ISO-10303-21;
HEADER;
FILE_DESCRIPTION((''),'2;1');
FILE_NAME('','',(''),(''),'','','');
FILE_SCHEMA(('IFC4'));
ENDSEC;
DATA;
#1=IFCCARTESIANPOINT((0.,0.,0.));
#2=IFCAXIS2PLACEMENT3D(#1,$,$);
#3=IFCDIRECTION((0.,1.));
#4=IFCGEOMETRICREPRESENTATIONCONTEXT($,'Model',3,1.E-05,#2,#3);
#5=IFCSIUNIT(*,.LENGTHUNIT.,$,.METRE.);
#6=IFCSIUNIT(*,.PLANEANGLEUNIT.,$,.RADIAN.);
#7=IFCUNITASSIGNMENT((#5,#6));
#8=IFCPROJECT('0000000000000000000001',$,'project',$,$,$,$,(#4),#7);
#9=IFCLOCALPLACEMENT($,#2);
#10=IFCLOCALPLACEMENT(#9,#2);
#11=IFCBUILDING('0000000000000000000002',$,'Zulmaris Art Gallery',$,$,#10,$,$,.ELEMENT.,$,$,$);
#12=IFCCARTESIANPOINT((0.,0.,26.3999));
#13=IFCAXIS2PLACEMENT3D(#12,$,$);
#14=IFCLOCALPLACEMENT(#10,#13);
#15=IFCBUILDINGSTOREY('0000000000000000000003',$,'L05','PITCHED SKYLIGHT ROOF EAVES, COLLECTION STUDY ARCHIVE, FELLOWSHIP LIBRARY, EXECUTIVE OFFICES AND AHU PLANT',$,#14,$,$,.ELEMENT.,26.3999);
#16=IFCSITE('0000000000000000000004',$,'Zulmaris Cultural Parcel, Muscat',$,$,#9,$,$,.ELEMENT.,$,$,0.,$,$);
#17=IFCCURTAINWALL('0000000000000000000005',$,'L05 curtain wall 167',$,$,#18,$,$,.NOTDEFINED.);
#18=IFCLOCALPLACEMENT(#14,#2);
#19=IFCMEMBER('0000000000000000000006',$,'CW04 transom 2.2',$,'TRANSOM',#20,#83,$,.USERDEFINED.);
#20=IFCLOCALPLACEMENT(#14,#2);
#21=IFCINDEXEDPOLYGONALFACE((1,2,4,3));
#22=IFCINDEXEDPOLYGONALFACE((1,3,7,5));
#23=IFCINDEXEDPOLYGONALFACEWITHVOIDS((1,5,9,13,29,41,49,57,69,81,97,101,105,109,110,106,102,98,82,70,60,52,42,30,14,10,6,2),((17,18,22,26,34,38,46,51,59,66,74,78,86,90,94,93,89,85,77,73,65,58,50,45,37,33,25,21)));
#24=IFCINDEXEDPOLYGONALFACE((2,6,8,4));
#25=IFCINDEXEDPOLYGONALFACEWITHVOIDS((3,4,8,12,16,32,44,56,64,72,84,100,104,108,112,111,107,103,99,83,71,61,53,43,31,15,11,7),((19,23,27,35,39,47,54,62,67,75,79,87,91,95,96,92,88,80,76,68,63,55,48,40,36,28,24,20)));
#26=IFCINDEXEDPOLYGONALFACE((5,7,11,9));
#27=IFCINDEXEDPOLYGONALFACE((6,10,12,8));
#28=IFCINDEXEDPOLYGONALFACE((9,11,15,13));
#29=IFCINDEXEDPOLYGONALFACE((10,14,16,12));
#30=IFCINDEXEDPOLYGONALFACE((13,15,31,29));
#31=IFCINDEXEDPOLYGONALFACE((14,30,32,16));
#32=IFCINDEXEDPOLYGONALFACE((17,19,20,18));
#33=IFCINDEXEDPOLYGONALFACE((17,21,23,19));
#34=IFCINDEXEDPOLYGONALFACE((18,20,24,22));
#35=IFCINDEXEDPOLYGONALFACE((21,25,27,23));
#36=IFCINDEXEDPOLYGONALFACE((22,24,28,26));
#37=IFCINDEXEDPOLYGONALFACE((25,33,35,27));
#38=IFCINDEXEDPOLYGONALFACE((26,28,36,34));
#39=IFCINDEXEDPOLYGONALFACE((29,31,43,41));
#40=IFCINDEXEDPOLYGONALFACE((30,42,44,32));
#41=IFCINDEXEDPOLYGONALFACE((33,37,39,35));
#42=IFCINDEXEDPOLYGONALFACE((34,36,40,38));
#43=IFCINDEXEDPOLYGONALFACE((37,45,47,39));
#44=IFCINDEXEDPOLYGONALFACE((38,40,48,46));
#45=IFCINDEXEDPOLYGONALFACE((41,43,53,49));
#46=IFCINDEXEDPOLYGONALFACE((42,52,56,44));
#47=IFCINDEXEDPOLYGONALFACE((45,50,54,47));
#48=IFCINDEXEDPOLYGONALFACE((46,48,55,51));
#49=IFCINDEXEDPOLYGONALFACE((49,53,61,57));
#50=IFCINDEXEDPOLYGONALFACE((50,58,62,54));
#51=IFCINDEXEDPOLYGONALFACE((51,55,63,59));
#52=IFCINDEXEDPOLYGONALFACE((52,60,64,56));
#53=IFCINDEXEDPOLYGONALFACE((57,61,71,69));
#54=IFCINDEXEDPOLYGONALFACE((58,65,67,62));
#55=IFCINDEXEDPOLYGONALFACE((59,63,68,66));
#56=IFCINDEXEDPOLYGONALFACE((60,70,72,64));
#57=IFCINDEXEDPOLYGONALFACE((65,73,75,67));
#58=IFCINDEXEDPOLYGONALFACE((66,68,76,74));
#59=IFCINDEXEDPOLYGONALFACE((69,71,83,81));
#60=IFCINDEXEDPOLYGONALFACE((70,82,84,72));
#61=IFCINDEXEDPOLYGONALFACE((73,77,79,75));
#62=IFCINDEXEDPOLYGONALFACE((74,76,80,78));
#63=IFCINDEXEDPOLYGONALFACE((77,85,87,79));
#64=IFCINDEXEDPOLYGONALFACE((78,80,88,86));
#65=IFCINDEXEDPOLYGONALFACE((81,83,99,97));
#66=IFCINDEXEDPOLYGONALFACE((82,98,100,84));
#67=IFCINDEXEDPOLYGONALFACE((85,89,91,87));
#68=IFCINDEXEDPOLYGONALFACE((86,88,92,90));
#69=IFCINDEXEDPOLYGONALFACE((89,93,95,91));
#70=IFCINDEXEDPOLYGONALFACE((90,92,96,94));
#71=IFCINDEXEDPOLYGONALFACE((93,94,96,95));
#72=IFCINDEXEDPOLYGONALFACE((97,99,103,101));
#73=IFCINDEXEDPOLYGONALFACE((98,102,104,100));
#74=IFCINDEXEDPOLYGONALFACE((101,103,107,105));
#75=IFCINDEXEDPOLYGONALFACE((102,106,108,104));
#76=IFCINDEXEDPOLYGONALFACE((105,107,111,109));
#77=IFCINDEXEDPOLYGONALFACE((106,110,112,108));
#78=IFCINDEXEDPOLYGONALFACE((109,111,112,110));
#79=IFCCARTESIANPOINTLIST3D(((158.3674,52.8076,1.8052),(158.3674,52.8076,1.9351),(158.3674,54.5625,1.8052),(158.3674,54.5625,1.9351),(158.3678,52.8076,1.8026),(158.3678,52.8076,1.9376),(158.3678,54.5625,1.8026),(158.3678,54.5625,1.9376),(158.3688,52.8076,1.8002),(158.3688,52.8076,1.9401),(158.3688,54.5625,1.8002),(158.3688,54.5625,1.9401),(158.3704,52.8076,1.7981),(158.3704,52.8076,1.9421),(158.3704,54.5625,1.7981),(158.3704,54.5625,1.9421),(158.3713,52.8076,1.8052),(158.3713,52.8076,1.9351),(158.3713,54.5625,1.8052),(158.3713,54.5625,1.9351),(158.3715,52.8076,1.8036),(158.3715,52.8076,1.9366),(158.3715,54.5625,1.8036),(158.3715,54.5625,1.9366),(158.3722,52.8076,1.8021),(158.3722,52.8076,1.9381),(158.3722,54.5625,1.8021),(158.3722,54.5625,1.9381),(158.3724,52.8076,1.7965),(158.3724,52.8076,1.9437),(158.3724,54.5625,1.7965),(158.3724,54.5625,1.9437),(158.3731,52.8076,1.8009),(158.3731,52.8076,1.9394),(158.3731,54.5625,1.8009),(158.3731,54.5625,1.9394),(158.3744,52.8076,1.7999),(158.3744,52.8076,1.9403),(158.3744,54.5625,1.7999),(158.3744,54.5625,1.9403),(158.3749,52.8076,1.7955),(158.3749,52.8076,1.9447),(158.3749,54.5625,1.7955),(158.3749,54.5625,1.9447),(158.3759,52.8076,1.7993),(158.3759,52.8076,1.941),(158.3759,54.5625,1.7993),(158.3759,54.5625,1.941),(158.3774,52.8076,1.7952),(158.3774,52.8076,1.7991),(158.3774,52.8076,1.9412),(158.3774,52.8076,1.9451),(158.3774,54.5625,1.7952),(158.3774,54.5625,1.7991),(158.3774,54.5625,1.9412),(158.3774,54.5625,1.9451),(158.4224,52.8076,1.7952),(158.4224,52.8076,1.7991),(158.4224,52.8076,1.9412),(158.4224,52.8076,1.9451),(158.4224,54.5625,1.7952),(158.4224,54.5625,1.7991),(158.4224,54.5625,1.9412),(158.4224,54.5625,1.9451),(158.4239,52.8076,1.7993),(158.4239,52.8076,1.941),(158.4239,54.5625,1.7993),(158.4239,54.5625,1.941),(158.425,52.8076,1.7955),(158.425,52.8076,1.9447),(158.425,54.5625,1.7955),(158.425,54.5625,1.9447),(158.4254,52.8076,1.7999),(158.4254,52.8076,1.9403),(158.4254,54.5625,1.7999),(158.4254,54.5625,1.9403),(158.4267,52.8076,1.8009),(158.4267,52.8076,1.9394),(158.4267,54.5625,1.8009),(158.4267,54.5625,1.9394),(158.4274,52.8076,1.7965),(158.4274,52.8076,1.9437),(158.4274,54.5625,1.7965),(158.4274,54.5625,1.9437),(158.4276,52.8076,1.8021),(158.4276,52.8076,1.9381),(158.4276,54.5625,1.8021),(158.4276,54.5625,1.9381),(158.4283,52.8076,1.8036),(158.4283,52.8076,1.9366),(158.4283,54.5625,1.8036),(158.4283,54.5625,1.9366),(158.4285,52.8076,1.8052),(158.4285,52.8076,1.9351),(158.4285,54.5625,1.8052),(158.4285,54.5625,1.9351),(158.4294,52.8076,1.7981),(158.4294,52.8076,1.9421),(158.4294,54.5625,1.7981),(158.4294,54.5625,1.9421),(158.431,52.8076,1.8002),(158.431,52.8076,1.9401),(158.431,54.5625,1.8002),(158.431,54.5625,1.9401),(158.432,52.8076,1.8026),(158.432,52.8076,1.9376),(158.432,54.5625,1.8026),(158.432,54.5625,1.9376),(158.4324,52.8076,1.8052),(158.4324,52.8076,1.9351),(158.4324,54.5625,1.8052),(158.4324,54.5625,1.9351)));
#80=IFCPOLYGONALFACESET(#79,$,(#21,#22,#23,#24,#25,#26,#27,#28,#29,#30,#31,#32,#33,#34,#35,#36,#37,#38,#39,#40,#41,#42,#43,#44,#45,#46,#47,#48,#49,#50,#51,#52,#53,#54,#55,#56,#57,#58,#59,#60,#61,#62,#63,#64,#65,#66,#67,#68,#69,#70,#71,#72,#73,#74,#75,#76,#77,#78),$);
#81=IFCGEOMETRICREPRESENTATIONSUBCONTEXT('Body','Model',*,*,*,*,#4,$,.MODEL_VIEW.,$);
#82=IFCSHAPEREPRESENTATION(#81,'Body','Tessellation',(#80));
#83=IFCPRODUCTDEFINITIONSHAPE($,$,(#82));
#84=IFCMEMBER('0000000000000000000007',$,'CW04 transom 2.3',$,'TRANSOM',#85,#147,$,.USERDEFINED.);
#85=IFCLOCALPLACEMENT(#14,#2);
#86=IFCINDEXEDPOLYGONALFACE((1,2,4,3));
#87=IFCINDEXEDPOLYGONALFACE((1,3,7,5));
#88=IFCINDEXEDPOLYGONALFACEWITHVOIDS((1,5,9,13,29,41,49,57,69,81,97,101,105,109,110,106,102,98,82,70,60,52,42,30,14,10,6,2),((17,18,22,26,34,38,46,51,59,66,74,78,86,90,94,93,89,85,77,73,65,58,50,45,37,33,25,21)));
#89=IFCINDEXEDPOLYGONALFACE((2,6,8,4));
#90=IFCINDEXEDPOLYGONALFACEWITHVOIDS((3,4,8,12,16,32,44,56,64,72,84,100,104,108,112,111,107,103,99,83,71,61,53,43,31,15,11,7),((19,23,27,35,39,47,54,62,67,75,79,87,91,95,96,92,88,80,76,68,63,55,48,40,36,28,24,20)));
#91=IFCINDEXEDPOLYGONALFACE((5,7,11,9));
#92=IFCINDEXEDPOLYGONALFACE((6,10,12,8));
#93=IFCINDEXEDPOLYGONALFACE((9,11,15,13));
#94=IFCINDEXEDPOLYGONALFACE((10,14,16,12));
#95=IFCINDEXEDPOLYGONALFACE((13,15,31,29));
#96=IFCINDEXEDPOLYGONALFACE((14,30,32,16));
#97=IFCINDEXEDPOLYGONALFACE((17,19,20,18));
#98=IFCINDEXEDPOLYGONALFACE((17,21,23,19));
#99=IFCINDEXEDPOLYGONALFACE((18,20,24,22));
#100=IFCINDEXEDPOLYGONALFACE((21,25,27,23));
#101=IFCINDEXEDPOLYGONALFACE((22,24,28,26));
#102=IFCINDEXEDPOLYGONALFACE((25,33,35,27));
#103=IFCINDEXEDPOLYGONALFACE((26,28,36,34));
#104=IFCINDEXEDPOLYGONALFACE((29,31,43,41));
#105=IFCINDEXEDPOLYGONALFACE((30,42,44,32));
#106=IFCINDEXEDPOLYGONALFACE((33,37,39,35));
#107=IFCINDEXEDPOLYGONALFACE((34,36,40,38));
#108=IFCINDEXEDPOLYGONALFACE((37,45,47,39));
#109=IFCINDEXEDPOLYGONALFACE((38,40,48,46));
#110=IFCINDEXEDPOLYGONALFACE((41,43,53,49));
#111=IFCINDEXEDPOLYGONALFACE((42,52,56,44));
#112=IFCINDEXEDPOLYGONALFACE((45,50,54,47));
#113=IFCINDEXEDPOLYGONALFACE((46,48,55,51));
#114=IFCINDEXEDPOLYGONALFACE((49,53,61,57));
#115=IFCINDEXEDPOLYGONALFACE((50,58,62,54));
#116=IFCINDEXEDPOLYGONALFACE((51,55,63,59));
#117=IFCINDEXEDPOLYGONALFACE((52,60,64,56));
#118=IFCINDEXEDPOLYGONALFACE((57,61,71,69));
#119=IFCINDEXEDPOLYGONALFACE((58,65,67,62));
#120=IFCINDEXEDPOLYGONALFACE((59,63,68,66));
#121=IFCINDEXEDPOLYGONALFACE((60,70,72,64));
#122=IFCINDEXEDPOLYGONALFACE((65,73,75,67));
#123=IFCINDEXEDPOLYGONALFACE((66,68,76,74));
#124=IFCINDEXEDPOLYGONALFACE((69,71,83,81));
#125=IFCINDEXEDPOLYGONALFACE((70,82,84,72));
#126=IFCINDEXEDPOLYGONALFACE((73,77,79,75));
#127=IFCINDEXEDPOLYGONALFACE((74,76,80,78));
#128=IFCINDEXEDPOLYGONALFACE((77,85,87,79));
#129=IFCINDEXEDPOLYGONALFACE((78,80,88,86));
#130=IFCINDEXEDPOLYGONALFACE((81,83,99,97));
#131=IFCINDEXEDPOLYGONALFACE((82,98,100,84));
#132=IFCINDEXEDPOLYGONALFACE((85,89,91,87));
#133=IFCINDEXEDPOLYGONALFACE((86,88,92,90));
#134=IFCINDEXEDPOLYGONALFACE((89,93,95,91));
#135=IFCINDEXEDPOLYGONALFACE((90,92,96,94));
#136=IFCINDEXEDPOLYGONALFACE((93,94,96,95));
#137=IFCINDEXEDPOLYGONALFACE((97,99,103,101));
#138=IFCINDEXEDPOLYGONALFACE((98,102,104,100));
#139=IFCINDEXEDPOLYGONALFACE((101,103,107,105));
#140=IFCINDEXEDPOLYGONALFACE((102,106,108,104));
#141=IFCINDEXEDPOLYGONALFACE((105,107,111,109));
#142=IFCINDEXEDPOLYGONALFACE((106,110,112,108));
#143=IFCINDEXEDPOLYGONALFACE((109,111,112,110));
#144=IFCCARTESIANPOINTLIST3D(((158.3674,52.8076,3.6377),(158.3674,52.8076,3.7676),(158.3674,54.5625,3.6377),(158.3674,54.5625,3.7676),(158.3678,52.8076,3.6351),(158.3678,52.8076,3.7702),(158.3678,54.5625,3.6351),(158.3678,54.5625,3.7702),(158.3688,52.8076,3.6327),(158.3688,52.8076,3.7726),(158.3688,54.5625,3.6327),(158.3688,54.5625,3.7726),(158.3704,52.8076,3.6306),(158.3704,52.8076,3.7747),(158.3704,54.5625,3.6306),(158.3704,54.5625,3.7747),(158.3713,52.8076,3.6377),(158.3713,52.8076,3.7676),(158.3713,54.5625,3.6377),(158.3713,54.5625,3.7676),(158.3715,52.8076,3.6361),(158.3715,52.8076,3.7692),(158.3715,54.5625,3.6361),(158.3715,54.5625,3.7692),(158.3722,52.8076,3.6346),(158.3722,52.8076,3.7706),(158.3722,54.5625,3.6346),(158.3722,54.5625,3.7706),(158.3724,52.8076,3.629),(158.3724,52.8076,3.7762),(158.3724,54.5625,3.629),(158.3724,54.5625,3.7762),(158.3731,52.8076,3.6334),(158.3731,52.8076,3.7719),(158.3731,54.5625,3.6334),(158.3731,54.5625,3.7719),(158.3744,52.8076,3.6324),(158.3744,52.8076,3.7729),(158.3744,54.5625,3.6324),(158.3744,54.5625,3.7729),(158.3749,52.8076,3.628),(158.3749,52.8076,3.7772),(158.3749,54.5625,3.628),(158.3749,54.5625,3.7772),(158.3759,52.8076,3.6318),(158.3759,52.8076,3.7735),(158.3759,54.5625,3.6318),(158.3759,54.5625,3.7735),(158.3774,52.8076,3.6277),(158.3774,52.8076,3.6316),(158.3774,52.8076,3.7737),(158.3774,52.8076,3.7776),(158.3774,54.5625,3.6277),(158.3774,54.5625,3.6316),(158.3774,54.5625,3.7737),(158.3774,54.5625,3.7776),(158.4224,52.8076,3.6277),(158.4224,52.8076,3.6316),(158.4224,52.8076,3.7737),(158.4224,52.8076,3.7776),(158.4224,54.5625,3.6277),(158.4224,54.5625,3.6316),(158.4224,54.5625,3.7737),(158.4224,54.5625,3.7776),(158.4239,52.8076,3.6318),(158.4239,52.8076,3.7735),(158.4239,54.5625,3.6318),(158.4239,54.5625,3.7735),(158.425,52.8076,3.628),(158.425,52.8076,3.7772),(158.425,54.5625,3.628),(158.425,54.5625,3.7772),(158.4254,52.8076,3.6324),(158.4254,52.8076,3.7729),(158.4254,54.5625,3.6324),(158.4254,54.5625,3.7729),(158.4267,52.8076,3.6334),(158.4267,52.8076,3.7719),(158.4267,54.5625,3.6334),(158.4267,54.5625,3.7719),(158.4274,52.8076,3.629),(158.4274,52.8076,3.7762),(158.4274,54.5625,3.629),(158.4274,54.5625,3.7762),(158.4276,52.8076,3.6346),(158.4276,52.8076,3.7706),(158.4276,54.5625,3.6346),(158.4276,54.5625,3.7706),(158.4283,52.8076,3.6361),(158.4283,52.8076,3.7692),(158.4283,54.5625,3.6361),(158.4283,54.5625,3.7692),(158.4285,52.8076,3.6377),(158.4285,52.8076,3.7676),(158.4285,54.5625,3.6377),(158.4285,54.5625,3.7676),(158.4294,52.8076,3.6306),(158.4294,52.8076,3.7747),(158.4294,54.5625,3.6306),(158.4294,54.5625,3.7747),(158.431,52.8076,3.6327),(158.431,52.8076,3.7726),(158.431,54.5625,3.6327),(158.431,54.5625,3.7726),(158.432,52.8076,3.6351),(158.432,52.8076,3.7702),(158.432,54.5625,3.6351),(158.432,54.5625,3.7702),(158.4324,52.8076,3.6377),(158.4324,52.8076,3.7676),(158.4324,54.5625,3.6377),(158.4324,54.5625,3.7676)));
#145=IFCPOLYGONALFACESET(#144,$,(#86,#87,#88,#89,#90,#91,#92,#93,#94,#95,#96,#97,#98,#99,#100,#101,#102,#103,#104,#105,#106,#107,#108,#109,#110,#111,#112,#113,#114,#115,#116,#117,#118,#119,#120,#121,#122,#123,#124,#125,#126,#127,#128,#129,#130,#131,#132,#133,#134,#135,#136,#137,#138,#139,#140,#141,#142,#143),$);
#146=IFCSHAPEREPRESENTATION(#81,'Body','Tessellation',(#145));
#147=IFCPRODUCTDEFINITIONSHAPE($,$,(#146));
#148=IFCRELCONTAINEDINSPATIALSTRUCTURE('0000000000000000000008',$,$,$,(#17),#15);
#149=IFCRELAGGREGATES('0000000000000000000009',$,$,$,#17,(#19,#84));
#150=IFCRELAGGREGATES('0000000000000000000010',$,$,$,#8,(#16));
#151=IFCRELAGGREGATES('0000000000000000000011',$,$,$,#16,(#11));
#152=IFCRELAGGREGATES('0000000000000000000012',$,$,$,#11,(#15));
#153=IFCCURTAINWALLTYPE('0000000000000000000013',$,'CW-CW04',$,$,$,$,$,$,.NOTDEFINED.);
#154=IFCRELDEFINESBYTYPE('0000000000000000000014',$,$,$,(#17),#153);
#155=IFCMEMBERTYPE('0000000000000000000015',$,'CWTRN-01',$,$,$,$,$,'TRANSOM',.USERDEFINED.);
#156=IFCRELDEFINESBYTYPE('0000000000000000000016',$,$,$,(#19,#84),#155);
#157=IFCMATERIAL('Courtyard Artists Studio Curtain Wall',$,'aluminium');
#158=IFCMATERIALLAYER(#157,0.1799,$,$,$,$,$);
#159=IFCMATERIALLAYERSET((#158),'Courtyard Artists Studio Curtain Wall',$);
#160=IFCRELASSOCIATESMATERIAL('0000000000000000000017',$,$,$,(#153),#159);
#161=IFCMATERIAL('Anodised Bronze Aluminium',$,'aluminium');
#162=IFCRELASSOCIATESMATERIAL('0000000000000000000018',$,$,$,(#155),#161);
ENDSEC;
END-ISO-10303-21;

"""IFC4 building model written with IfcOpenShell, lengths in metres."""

from ifc_helpers import new_model, si_unit, direction, frame, origin, origin_2d, place, context, subcontext, project, spatial, hollow_rectangle, extrude, material, layer, layer_set, material_profile, profile_set, type_object, element, aggregate, save


model = new_model("IFC4")

# Units and contexts
model_context = context("Model", 3, precision=1e-05, world=origin(), true_north=direction((0.0, 1.0)))
body_context = subcontext(model_context, "Body", "Model", "MODEL_VIEW")
ifc_project = project(units=[si_unit("LENGTHUNIT", "METRE"), si_unit("PLANEANGLEUNIT", "RADIAN")], contexts=[model_context])

# Site, building, storey
site_placement = place(None, origin())
site = spatial("IfcSite", under=ifc_project, at=site_placement, Name="Zulmaris Cultural Parcel, Muscat", CompositionType="ELEMENT", RefElevation=0.0)
building_placement = place(site_placement, origin())
building = spatial("IfcBuilding", under=site, at=building_placement, Name="Zulmaris Art Gallery", CompositionType="ELEMENT")
storey_placement = place(building_placement, frame((0.0, 0.0, 26.3999)))
storey = spatial("IfcBuildingStorey", under=building, at=storey_placement, Name="L05", Description="PITCHED SKYLIGHT ROOF EAVES, COLLECTION STUDY ARCHIVE, FELLOWSHIP LIBRARY, EXECUTIVE OFFICES AND AHU PLANT", CompositionType="ELEMENT", Elevation=26.3999)

# Curtain wall
ifc_material_1 = material(Name="Courtyard Artists Studio Curtain Wall", Category="aluminium")
ifc_layer_1 = layer(ifc_material_1, 0.1799)
ifc_layer_set_1 = layer_set([ifc_layer_1], Name="Courtyard Artists Studio Curtain Wall")
curtain_wall_type = type_object("IfcCurtainWallType", Name="CW-CW04", PredefinedType="NOTDEFINED", material=ifc_layer_set_1)
curtain_wall_1_placement = place(storey_placement, origin())
curtain_wall_1 = element("IfcCurtainWall", 1, at=curtain_wall_1_placement, inside=storey, type_object=curtain_wall_type, Name="L05 curtain wall 167", PredefinedType="NOTDEFINED")
ifc_material_2 = material(Name="Anodised Bronze Aluminium", Category="aluminium")

# Members
ifc_material_profile_1 = material_profile(ifc_material_2, hollow_rectangle(XDim=0.0649, YDim=0.1499, WallThickness=0.0039, InnerFilletRadius=0.0061, OuterFilletRadius=0.01, at=origin_2d()), Name="ALU 65x150x4")
ifc_profile_set_1 = profile_set([ifc_material_profile_1], Name="Anodised Bronze Aluminium")
member_type_1 = type_object("IfcMemberType", Name="CWTRN-01", ElementType="TRANSOM", PredefinedType="USERDEFINED", material=ifc_profile_set_1)
member_1_placement = place(storey_placement, frame((158.3999, 52.8076, 1.8701), z_axis=(0.0, 1.0, 0.0), x_axis=(-1.0, 0.0, 0.0)))
member_1 = element("IfcMember", 2, at=member_1_placement, type_object=member_type_1, Name="CW04 transom 2.2", ObjectType="TRANSOM", PredefinedType="USERDEFINED", context=body_context, shape_type="SweptSolid", body=[
    extrude(hollow_rectangle(XDim=0.0649, YDim=0.1499, WallThickness=0.0039, InnerFilletRadius=0.0061, OuterFilletRadius=0.01, at=origin_2d()), origin(), (0.0, 0.0, 1.0), 1.7549),
])
member_2_placement = place(storey_placement, frame((158.3999, 52.8076, 3.7026), z_axis=(0.0, 1.0, 0.0), x_axis=(-1.0, 0.0, 0.0)))
member_2 = element("IfcMember", 3, at=member_2_placement, type_object=member_type_1, Name="CW04 transom 2.3", ObjectType="TRANSOM", PredefinedType="USERDEFINED", context=body_context, shape_type="SweptSolid", body=[
    extrude(hollow_rectangle(XDim=0.0649, YDim=0.1499, WallThickness=0.0039, InnerFilletRadius=0.0061, OuterFilletRadius=0.01, at=origin_2d()), origin(), (0.0, 0.0, 1.0), 1.7549),
])

aggregate(curtain_wall_1, [member_1, member_2])

save(model, "model.ifc")
